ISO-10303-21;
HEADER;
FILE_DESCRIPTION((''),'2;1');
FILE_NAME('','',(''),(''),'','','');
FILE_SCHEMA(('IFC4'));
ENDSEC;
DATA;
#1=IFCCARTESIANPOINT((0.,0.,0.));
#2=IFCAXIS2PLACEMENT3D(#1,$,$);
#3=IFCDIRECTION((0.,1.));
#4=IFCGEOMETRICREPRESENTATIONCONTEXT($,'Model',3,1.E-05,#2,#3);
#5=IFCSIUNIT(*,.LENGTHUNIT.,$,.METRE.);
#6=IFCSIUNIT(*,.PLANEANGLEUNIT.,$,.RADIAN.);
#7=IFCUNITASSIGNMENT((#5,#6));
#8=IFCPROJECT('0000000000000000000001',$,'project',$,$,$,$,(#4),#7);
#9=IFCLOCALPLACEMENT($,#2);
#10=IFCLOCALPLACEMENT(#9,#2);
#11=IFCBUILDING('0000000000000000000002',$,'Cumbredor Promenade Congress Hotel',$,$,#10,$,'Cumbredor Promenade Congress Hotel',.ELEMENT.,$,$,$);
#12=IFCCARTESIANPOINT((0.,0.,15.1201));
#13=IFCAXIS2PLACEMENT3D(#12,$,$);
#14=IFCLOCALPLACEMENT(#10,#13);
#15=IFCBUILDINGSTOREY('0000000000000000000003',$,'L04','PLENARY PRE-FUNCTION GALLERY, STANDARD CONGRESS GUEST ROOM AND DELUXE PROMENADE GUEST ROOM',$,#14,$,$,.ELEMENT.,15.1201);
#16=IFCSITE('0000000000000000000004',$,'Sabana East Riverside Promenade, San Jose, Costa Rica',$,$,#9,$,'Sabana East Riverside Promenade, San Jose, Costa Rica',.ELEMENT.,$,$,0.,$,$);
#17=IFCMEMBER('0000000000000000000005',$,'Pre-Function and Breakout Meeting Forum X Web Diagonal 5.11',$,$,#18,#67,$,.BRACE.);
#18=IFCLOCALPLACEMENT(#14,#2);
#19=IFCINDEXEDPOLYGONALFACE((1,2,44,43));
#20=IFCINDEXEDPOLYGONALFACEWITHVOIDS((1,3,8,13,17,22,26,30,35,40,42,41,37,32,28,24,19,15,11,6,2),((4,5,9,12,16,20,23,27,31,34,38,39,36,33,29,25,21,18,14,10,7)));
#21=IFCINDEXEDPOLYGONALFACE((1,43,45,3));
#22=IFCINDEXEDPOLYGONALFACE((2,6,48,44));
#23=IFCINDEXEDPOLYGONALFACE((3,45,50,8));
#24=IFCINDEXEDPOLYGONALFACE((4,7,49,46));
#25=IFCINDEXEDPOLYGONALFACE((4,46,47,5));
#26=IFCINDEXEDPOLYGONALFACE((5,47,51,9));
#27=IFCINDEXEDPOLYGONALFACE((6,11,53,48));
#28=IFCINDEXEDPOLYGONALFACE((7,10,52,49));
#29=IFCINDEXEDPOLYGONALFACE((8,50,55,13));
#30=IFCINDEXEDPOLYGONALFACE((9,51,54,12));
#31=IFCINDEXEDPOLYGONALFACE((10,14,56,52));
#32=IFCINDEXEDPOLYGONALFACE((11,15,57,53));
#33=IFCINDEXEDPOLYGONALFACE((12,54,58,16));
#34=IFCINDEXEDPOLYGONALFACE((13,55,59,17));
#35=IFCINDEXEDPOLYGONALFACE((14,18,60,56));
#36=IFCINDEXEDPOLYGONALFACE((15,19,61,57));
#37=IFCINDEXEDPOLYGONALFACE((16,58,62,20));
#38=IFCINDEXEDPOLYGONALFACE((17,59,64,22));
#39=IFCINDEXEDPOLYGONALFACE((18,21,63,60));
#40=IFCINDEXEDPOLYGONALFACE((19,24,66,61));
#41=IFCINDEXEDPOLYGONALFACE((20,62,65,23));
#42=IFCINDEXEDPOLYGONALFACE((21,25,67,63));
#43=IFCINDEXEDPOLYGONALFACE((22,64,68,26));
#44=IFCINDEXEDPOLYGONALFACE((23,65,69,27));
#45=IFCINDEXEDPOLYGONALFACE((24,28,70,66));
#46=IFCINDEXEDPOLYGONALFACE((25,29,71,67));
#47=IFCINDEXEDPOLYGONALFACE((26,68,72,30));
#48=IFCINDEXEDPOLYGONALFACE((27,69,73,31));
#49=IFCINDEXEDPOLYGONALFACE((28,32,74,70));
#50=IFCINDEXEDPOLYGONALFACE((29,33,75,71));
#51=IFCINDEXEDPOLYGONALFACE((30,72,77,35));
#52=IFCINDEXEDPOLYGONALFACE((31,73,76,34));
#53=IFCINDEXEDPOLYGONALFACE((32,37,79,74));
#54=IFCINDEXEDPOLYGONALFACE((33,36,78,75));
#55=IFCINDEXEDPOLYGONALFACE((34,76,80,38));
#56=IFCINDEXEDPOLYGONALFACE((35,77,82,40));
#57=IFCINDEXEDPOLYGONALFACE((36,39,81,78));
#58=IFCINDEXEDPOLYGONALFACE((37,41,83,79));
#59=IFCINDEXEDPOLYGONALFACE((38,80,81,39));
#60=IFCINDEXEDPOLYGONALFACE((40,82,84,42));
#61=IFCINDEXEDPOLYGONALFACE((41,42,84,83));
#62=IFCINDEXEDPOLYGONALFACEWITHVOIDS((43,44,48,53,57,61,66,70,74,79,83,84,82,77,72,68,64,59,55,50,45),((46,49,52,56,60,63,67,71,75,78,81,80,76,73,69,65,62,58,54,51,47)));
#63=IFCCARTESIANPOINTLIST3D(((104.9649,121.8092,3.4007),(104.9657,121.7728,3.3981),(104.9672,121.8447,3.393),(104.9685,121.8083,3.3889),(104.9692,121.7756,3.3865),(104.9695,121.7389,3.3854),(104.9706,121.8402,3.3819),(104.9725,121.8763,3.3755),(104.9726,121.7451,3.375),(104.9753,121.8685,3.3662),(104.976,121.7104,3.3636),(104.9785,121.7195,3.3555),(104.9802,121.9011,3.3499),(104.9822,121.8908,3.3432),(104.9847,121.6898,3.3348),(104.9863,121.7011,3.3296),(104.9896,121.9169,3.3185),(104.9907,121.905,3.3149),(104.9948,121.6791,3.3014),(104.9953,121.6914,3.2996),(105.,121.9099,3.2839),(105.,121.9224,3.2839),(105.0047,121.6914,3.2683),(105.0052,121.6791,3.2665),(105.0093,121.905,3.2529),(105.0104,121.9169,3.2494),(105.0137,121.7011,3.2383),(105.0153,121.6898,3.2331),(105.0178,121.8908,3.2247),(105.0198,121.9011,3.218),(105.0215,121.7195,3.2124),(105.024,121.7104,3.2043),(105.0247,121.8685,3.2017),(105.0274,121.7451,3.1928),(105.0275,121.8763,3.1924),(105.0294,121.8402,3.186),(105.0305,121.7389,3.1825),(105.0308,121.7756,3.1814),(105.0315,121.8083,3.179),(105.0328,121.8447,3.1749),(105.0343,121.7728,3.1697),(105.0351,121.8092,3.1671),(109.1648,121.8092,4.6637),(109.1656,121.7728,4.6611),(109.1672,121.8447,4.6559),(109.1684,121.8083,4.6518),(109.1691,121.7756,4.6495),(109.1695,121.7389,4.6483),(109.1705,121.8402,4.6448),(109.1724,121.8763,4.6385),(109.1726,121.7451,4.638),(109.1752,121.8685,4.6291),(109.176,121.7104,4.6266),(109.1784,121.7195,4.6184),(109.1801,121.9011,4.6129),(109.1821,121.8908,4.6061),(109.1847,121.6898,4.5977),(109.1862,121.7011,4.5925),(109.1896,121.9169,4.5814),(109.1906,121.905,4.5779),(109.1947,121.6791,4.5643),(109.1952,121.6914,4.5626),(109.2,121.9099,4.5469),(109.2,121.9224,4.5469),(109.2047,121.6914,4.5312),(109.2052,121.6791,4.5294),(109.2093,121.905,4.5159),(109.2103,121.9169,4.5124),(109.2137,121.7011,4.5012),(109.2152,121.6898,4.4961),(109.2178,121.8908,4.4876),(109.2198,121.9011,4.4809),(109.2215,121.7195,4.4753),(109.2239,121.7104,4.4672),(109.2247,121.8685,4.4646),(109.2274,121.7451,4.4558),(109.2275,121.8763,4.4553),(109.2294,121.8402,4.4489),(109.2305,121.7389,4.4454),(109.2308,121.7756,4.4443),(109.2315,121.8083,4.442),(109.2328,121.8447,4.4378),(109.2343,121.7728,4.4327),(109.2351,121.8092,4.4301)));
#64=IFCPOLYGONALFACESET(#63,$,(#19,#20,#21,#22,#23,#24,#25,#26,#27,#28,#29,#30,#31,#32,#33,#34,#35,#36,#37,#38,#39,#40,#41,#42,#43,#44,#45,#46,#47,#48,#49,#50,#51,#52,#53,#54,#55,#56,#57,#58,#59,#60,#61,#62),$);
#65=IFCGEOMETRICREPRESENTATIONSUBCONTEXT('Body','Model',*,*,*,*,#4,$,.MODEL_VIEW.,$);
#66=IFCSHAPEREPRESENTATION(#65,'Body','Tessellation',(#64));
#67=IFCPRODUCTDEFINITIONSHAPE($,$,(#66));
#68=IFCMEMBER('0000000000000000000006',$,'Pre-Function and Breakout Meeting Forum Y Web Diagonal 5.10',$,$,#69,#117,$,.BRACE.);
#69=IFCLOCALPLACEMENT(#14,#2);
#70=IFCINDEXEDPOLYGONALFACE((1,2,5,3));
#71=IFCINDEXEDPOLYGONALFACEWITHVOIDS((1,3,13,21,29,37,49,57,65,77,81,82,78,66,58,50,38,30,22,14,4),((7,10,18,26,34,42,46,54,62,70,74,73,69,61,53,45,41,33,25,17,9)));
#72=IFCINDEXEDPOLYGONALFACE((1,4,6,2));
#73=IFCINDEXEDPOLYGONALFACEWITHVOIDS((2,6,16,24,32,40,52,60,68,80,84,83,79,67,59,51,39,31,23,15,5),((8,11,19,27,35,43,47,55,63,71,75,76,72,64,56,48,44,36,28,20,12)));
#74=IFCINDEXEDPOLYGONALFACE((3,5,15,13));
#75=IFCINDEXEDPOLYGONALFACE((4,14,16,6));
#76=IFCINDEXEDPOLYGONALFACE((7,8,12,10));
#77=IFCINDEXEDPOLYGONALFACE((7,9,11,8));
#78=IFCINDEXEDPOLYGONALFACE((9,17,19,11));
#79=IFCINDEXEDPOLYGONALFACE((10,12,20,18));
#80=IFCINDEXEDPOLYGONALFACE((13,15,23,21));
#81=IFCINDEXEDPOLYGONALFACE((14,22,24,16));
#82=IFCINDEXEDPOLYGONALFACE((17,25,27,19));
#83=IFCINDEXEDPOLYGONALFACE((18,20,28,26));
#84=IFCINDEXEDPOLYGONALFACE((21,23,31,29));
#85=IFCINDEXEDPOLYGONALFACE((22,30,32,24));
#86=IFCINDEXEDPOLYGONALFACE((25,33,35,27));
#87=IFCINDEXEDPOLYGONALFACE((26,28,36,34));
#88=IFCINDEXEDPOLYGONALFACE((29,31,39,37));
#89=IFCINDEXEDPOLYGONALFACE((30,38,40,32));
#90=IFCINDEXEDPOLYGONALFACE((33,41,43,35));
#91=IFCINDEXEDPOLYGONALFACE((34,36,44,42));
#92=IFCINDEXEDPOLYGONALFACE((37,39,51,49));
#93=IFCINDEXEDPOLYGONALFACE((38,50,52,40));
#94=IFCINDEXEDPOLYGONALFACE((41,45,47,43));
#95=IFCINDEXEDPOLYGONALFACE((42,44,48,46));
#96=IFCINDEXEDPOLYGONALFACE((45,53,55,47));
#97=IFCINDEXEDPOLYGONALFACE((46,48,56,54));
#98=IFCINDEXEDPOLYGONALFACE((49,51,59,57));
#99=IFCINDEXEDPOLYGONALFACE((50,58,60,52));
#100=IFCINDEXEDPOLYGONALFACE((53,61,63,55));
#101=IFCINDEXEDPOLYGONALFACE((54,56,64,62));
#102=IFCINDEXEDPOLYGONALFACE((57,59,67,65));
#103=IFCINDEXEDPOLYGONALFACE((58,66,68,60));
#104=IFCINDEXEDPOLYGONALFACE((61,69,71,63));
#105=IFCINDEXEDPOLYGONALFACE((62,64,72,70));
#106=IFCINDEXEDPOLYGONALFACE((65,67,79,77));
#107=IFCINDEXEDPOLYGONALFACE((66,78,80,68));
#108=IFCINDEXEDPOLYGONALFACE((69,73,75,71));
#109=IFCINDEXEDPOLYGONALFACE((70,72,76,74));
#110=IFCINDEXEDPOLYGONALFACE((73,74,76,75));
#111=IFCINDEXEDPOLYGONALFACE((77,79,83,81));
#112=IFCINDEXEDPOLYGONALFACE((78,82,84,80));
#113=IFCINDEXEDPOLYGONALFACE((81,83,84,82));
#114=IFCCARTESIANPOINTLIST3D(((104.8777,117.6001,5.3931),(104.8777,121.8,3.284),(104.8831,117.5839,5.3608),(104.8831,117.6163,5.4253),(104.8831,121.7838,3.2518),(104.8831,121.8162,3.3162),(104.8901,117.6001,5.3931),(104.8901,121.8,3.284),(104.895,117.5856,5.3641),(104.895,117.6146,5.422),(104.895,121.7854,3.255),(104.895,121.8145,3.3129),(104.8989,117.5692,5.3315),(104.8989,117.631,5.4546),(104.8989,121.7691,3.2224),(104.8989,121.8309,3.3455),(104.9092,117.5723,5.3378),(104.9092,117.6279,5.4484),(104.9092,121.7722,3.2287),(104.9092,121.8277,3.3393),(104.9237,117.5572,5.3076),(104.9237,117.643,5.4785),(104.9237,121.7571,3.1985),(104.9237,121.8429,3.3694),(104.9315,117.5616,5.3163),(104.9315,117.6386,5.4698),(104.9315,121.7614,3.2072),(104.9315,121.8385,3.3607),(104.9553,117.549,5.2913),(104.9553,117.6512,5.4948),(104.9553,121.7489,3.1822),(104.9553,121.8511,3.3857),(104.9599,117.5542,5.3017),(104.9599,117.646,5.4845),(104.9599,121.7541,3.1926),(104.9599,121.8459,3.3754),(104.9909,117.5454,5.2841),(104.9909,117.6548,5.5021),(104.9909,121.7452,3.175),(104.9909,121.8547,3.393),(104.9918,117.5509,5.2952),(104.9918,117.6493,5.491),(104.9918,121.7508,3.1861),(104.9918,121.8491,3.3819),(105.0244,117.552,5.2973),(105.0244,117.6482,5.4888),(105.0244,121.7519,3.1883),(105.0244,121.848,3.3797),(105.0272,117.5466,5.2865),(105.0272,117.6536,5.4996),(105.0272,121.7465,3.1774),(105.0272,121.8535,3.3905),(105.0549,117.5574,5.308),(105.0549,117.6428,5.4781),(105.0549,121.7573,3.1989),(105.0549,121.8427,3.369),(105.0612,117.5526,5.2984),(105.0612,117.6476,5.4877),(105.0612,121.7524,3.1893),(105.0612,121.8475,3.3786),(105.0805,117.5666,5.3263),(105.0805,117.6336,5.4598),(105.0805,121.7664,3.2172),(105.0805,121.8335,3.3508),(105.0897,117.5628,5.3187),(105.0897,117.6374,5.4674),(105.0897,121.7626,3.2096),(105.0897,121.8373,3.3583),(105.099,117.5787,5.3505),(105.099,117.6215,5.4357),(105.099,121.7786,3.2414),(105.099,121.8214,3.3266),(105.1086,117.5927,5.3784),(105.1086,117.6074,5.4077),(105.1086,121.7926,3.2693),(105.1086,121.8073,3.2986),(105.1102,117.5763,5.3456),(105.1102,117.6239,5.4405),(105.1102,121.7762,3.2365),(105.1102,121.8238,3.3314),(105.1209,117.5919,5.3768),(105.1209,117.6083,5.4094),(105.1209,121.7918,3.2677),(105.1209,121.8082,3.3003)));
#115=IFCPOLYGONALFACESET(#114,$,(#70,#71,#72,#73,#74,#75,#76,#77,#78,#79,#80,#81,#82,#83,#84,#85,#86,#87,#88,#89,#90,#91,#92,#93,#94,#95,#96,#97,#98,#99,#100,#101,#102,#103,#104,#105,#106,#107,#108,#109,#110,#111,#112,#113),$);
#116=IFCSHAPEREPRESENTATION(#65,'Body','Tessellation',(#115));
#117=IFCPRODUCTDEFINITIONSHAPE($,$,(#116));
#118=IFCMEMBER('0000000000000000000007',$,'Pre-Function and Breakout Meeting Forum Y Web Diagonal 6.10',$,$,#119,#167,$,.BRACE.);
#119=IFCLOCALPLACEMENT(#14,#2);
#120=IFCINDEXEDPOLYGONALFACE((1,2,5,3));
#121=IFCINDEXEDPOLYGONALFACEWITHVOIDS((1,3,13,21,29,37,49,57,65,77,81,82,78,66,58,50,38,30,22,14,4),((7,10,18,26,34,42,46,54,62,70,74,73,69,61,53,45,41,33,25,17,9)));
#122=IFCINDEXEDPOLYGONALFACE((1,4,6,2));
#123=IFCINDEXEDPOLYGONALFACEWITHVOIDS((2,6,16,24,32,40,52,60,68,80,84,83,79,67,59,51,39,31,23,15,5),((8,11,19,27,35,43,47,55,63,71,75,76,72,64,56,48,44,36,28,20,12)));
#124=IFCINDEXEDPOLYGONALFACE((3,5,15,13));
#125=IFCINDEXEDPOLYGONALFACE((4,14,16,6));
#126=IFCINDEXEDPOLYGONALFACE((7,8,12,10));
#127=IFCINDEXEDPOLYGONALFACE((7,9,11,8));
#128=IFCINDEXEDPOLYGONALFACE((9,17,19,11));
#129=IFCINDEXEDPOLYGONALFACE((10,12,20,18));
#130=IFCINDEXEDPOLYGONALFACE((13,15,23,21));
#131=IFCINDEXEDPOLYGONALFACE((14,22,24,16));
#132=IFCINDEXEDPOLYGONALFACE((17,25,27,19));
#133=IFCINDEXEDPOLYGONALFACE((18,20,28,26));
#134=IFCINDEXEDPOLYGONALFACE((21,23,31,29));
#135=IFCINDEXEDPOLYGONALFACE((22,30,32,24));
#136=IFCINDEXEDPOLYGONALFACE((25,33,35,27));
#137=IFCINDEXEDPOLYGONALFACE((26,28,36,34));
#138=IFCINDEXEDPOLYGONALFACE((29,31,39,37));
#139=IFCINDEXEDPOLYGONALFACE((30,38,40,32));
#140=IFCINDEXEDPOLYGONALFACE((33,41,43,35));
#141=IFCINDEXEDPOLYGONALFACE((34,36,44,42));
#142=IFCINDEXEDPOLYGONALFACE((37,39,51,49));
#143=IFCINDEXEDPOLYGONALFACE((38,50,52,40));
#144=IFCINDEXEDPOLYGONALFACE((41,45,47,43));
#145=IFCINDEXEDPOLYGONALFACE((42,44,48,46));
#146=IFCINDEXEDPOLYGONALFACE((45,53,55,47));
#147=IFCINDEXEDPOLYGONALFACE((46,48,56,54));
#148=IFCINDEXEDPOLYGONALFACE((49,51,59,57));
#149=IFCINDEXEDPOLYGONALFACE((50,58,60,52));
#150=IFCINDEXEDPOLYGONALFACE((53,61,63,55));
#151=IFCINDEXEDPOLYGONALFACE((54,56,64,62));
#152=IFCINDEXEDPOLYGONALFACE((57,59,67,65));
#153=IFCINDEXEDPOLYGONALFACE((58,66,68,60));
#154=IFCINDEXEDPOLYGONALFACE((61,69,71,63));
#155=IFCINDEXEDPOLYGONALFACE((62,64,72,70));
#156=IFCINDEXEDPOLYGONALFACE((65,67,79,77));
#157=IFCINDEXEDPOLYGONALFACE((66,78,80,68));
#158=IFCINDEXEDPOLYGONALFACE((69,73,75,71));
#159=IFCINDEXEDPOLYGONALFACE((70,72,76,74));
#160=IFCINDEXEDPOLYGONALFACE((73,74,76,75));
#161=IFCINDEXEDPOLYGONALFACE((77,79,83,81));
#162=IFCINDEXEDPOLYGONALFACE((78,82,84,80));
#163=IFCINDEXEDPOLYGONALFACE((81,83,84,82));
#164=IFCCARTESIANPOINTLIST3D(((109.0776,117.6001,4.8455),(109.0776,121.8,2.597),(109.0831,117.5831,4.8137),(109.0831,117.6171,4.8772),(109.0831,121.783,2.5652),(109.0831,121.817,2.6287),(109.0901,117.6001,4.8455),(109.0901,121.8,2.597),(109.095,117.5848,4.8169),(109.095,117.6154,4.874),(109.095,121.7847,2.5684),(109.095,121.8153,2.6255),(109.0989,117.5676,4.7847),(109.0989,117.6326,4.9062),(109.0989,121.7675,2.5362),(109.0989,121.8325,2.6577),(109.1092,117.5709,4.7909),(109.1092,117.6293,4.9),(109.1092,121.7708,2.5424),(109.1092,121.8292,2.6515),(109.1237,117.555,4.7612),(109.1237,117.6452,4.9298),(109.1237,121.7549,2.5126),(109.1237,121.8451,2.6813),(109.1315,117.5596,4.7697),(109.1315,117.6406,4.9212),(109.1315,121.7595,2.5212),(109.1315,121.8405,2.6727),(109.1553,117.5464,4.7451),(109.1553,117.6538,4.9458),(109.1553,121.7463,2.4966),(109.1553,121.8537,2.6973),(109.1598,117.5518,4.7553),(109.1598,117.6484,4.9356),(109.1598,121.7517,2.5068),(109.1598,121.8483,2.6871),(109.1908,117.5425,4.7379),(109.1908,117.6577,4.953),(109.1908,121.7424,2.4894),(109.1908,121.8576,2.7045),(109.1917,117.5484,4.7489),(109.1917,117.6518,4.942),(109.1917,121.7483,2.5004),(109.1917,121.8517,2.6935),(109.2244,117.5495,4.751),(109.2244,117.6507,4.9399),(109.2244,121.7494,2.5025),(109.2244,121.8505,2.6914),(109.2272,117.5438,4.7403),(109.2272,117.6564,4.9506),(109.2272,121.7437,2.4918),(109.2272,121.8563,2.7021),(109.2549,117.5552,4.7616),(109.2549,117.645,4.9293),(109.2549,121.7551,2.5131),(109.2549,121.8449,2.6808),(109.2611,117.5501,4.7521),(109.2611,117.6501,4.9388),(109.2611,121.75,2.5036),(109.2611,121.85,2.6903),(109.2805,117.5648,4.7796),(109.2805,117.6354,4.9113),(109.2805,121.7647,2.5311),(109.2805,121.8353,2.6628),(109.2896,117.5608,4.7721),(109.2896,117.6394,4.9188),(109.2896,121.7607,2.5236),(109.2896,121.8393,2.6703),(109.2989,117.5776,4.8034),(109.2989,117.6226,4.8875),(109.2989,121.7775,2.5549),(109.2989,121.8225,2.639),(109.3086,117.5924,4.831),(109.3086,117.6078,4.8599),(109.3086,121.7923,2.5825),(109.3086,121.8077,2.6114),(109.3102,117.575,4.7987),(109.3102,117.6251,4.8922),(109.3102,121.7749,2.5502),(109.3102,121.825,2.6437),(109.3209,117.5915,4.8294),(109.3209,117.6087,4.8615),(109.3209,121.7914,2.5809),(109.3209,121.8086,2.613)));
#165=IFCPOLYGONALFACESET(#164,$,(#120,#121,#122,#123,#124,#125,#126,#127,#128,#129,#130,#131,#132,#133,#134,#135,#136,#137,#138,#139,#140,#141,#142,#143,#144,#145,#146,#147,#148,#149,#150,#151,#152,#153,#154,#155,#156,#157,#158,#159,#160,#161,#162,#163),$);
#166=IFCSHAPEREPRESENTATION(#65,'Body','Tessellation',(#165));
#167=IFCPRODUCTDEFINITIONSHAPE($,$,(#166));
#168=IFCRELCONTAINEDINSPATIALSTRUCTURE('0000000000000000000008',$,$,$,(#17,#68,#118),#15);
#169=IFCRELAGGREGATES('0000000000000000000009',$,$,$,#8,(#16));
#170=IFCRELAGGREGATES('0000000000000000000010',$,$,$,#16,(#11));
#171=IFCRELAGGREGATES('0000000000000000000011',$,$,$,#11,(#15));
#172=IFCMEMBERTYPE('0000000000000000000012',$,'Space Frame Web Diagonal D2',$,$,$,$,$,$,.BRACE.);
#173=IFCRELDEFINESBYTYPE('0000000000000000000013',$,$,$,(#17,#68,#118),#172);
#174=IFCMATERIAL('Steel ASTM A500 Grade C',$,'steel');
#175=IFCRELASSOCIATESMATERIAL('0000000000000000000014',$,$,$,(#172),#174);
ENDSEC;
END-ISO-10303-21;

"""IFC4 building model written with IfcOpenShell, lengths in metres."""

from ifc_helpers import new_model, si_unit, direction, frame, origin, origin_2d, place, context, subcontext, project, spatial, hollow_circle, extrude, material, material_profile, profile_set, type_object, element, save


model = new_model("IFC4")

# Units and contexts
model_context = context("Model", 3, precision=1e-05, world=origin(), true_north=direction((0.0, 1.0)))
body_context = subcontext(model_context, "Body", "Model", "MODEL_VIEW")
ifc_project = project(units=[si_unit("LENGTHUNIT", "METRE"), si_unit("PLANEANGLEUNIT", "RADIAN")], contexts=[model_context])

# Site, building, storey
site_placement = place(None, origin())
site = spatial("IfcSite", under=ifc_project, at=site_placement, Name="Sabana East Riverside Promenade, San Jose, Costa Rica", LongName="Sabana East Riverside Promenade, San Jose, Costa Rica", CompositionType="ELEMENT", RefElevation=0.0)
building_placement = place(site_placement, origin())
building = spatial("IfcBuilding", under=site, at=building_placement, Name="Cumbredor Promenade Congress Hotel", LongName="Cumbredor Promenade Congress Hotel", CompositionType="ELEMENT")
storey_placement = place(building_placement, frame((0.0, 0.0, 15.1201)))
storey = spatial("IfcBuildingStorey", under=building, at=storey_placement, Name="L04", Description="PLENARY PRE-FUNCTION GALLERY, STANDARD CONGRESS GUEST ROOM AND DELUXE PROMENADE GUEST ROOM", CompositionType="ELEMENT", Elevation=15.1201)

# Members
ifc_material_1 = material(Name="Steel ASTM A500 Grade C", Category="steel")
ifc_material_profile_1 = material_profile(ifc_material_1, hollow_circle(Radius=0.1223, WallThickness=0.0125, at=origin_2d()), Name="CHS 244.5x12.5")
ifc_profile_set_1 = profile_set([ifc_material_profile_1], Name="Steel ASTM A500 Grade C")
member_type_1 = type_object("IfcMemberType", Name="Space Frame Web Diagonal D2", PredefinedType="BRACE", material=ifc_profile_set_1)
member_1_placement = place(storey_placement, frame((105.0, 121.8, 3.2839), z_axis=(0.957641, 0.0, 0.287966), x_axis=(0.0, 1.0, 0.0)))
element("IfcMember", 1, at=member_1_placement, inside=storey, type_object=member_type_1, Name="Pre-Function and Breakout Meeting Forum X Web Diagonal 5.11", PredefinedType="BRACE", context=body_context, shape_type="SweptSolid", body=[
    extrude(hollow_circle(Radius=0.1223, WallThickness=0.0125, at=origin_2d()), origin(), (0.0, 0.0, 1.0), 4.3857),
])
member_2_placement = place(storey_placement, frame((105.0, 117.6001, 5.3931), z_axis=(0.0, 0.893647, -0.448771), x_axis=(-1.0, 0.0, 0.0)))
element("IfcMember", 2, at=member_2_placement, inside=storey, type_object=member_type_1, Name="Pre-Function and Breakout Meeting Forum Y Web Diagonal 5.10", PredefinedType="BRACE", context=body_context, shape_type="SweptSolid", body=[
    extrude(hollow_circle(Radius=0.1223, WallThickness=0.0125, at=origin_2d()), origin(), (0.0, 0.0, 1.0), 4.6997),
])
member_3_placement = place(storey_placement, frame((109.2, 117.6001, 4.8455), z_axis=(0.0, 0.881606, -0.471987), x_axis=(-1.0, 0.0, 0.0)))
element("IfcMember", 3, at=member_3_placement, inside=storey, type_object=member_type_1, Name="Pre-Function and Breakout Meeting Forum Y Web Diagonal 6.10", PredefinedType="BRACE", context=body_context, shape_type="SweptSolid", body=[
    extrude(hollow_circle(Radius=0.1223, WallThickness=0.0125, at=origin_2d()), origin(), (0.0, 0.0, 1.0), 4.7639),
])

save(model, "model.ifc")
